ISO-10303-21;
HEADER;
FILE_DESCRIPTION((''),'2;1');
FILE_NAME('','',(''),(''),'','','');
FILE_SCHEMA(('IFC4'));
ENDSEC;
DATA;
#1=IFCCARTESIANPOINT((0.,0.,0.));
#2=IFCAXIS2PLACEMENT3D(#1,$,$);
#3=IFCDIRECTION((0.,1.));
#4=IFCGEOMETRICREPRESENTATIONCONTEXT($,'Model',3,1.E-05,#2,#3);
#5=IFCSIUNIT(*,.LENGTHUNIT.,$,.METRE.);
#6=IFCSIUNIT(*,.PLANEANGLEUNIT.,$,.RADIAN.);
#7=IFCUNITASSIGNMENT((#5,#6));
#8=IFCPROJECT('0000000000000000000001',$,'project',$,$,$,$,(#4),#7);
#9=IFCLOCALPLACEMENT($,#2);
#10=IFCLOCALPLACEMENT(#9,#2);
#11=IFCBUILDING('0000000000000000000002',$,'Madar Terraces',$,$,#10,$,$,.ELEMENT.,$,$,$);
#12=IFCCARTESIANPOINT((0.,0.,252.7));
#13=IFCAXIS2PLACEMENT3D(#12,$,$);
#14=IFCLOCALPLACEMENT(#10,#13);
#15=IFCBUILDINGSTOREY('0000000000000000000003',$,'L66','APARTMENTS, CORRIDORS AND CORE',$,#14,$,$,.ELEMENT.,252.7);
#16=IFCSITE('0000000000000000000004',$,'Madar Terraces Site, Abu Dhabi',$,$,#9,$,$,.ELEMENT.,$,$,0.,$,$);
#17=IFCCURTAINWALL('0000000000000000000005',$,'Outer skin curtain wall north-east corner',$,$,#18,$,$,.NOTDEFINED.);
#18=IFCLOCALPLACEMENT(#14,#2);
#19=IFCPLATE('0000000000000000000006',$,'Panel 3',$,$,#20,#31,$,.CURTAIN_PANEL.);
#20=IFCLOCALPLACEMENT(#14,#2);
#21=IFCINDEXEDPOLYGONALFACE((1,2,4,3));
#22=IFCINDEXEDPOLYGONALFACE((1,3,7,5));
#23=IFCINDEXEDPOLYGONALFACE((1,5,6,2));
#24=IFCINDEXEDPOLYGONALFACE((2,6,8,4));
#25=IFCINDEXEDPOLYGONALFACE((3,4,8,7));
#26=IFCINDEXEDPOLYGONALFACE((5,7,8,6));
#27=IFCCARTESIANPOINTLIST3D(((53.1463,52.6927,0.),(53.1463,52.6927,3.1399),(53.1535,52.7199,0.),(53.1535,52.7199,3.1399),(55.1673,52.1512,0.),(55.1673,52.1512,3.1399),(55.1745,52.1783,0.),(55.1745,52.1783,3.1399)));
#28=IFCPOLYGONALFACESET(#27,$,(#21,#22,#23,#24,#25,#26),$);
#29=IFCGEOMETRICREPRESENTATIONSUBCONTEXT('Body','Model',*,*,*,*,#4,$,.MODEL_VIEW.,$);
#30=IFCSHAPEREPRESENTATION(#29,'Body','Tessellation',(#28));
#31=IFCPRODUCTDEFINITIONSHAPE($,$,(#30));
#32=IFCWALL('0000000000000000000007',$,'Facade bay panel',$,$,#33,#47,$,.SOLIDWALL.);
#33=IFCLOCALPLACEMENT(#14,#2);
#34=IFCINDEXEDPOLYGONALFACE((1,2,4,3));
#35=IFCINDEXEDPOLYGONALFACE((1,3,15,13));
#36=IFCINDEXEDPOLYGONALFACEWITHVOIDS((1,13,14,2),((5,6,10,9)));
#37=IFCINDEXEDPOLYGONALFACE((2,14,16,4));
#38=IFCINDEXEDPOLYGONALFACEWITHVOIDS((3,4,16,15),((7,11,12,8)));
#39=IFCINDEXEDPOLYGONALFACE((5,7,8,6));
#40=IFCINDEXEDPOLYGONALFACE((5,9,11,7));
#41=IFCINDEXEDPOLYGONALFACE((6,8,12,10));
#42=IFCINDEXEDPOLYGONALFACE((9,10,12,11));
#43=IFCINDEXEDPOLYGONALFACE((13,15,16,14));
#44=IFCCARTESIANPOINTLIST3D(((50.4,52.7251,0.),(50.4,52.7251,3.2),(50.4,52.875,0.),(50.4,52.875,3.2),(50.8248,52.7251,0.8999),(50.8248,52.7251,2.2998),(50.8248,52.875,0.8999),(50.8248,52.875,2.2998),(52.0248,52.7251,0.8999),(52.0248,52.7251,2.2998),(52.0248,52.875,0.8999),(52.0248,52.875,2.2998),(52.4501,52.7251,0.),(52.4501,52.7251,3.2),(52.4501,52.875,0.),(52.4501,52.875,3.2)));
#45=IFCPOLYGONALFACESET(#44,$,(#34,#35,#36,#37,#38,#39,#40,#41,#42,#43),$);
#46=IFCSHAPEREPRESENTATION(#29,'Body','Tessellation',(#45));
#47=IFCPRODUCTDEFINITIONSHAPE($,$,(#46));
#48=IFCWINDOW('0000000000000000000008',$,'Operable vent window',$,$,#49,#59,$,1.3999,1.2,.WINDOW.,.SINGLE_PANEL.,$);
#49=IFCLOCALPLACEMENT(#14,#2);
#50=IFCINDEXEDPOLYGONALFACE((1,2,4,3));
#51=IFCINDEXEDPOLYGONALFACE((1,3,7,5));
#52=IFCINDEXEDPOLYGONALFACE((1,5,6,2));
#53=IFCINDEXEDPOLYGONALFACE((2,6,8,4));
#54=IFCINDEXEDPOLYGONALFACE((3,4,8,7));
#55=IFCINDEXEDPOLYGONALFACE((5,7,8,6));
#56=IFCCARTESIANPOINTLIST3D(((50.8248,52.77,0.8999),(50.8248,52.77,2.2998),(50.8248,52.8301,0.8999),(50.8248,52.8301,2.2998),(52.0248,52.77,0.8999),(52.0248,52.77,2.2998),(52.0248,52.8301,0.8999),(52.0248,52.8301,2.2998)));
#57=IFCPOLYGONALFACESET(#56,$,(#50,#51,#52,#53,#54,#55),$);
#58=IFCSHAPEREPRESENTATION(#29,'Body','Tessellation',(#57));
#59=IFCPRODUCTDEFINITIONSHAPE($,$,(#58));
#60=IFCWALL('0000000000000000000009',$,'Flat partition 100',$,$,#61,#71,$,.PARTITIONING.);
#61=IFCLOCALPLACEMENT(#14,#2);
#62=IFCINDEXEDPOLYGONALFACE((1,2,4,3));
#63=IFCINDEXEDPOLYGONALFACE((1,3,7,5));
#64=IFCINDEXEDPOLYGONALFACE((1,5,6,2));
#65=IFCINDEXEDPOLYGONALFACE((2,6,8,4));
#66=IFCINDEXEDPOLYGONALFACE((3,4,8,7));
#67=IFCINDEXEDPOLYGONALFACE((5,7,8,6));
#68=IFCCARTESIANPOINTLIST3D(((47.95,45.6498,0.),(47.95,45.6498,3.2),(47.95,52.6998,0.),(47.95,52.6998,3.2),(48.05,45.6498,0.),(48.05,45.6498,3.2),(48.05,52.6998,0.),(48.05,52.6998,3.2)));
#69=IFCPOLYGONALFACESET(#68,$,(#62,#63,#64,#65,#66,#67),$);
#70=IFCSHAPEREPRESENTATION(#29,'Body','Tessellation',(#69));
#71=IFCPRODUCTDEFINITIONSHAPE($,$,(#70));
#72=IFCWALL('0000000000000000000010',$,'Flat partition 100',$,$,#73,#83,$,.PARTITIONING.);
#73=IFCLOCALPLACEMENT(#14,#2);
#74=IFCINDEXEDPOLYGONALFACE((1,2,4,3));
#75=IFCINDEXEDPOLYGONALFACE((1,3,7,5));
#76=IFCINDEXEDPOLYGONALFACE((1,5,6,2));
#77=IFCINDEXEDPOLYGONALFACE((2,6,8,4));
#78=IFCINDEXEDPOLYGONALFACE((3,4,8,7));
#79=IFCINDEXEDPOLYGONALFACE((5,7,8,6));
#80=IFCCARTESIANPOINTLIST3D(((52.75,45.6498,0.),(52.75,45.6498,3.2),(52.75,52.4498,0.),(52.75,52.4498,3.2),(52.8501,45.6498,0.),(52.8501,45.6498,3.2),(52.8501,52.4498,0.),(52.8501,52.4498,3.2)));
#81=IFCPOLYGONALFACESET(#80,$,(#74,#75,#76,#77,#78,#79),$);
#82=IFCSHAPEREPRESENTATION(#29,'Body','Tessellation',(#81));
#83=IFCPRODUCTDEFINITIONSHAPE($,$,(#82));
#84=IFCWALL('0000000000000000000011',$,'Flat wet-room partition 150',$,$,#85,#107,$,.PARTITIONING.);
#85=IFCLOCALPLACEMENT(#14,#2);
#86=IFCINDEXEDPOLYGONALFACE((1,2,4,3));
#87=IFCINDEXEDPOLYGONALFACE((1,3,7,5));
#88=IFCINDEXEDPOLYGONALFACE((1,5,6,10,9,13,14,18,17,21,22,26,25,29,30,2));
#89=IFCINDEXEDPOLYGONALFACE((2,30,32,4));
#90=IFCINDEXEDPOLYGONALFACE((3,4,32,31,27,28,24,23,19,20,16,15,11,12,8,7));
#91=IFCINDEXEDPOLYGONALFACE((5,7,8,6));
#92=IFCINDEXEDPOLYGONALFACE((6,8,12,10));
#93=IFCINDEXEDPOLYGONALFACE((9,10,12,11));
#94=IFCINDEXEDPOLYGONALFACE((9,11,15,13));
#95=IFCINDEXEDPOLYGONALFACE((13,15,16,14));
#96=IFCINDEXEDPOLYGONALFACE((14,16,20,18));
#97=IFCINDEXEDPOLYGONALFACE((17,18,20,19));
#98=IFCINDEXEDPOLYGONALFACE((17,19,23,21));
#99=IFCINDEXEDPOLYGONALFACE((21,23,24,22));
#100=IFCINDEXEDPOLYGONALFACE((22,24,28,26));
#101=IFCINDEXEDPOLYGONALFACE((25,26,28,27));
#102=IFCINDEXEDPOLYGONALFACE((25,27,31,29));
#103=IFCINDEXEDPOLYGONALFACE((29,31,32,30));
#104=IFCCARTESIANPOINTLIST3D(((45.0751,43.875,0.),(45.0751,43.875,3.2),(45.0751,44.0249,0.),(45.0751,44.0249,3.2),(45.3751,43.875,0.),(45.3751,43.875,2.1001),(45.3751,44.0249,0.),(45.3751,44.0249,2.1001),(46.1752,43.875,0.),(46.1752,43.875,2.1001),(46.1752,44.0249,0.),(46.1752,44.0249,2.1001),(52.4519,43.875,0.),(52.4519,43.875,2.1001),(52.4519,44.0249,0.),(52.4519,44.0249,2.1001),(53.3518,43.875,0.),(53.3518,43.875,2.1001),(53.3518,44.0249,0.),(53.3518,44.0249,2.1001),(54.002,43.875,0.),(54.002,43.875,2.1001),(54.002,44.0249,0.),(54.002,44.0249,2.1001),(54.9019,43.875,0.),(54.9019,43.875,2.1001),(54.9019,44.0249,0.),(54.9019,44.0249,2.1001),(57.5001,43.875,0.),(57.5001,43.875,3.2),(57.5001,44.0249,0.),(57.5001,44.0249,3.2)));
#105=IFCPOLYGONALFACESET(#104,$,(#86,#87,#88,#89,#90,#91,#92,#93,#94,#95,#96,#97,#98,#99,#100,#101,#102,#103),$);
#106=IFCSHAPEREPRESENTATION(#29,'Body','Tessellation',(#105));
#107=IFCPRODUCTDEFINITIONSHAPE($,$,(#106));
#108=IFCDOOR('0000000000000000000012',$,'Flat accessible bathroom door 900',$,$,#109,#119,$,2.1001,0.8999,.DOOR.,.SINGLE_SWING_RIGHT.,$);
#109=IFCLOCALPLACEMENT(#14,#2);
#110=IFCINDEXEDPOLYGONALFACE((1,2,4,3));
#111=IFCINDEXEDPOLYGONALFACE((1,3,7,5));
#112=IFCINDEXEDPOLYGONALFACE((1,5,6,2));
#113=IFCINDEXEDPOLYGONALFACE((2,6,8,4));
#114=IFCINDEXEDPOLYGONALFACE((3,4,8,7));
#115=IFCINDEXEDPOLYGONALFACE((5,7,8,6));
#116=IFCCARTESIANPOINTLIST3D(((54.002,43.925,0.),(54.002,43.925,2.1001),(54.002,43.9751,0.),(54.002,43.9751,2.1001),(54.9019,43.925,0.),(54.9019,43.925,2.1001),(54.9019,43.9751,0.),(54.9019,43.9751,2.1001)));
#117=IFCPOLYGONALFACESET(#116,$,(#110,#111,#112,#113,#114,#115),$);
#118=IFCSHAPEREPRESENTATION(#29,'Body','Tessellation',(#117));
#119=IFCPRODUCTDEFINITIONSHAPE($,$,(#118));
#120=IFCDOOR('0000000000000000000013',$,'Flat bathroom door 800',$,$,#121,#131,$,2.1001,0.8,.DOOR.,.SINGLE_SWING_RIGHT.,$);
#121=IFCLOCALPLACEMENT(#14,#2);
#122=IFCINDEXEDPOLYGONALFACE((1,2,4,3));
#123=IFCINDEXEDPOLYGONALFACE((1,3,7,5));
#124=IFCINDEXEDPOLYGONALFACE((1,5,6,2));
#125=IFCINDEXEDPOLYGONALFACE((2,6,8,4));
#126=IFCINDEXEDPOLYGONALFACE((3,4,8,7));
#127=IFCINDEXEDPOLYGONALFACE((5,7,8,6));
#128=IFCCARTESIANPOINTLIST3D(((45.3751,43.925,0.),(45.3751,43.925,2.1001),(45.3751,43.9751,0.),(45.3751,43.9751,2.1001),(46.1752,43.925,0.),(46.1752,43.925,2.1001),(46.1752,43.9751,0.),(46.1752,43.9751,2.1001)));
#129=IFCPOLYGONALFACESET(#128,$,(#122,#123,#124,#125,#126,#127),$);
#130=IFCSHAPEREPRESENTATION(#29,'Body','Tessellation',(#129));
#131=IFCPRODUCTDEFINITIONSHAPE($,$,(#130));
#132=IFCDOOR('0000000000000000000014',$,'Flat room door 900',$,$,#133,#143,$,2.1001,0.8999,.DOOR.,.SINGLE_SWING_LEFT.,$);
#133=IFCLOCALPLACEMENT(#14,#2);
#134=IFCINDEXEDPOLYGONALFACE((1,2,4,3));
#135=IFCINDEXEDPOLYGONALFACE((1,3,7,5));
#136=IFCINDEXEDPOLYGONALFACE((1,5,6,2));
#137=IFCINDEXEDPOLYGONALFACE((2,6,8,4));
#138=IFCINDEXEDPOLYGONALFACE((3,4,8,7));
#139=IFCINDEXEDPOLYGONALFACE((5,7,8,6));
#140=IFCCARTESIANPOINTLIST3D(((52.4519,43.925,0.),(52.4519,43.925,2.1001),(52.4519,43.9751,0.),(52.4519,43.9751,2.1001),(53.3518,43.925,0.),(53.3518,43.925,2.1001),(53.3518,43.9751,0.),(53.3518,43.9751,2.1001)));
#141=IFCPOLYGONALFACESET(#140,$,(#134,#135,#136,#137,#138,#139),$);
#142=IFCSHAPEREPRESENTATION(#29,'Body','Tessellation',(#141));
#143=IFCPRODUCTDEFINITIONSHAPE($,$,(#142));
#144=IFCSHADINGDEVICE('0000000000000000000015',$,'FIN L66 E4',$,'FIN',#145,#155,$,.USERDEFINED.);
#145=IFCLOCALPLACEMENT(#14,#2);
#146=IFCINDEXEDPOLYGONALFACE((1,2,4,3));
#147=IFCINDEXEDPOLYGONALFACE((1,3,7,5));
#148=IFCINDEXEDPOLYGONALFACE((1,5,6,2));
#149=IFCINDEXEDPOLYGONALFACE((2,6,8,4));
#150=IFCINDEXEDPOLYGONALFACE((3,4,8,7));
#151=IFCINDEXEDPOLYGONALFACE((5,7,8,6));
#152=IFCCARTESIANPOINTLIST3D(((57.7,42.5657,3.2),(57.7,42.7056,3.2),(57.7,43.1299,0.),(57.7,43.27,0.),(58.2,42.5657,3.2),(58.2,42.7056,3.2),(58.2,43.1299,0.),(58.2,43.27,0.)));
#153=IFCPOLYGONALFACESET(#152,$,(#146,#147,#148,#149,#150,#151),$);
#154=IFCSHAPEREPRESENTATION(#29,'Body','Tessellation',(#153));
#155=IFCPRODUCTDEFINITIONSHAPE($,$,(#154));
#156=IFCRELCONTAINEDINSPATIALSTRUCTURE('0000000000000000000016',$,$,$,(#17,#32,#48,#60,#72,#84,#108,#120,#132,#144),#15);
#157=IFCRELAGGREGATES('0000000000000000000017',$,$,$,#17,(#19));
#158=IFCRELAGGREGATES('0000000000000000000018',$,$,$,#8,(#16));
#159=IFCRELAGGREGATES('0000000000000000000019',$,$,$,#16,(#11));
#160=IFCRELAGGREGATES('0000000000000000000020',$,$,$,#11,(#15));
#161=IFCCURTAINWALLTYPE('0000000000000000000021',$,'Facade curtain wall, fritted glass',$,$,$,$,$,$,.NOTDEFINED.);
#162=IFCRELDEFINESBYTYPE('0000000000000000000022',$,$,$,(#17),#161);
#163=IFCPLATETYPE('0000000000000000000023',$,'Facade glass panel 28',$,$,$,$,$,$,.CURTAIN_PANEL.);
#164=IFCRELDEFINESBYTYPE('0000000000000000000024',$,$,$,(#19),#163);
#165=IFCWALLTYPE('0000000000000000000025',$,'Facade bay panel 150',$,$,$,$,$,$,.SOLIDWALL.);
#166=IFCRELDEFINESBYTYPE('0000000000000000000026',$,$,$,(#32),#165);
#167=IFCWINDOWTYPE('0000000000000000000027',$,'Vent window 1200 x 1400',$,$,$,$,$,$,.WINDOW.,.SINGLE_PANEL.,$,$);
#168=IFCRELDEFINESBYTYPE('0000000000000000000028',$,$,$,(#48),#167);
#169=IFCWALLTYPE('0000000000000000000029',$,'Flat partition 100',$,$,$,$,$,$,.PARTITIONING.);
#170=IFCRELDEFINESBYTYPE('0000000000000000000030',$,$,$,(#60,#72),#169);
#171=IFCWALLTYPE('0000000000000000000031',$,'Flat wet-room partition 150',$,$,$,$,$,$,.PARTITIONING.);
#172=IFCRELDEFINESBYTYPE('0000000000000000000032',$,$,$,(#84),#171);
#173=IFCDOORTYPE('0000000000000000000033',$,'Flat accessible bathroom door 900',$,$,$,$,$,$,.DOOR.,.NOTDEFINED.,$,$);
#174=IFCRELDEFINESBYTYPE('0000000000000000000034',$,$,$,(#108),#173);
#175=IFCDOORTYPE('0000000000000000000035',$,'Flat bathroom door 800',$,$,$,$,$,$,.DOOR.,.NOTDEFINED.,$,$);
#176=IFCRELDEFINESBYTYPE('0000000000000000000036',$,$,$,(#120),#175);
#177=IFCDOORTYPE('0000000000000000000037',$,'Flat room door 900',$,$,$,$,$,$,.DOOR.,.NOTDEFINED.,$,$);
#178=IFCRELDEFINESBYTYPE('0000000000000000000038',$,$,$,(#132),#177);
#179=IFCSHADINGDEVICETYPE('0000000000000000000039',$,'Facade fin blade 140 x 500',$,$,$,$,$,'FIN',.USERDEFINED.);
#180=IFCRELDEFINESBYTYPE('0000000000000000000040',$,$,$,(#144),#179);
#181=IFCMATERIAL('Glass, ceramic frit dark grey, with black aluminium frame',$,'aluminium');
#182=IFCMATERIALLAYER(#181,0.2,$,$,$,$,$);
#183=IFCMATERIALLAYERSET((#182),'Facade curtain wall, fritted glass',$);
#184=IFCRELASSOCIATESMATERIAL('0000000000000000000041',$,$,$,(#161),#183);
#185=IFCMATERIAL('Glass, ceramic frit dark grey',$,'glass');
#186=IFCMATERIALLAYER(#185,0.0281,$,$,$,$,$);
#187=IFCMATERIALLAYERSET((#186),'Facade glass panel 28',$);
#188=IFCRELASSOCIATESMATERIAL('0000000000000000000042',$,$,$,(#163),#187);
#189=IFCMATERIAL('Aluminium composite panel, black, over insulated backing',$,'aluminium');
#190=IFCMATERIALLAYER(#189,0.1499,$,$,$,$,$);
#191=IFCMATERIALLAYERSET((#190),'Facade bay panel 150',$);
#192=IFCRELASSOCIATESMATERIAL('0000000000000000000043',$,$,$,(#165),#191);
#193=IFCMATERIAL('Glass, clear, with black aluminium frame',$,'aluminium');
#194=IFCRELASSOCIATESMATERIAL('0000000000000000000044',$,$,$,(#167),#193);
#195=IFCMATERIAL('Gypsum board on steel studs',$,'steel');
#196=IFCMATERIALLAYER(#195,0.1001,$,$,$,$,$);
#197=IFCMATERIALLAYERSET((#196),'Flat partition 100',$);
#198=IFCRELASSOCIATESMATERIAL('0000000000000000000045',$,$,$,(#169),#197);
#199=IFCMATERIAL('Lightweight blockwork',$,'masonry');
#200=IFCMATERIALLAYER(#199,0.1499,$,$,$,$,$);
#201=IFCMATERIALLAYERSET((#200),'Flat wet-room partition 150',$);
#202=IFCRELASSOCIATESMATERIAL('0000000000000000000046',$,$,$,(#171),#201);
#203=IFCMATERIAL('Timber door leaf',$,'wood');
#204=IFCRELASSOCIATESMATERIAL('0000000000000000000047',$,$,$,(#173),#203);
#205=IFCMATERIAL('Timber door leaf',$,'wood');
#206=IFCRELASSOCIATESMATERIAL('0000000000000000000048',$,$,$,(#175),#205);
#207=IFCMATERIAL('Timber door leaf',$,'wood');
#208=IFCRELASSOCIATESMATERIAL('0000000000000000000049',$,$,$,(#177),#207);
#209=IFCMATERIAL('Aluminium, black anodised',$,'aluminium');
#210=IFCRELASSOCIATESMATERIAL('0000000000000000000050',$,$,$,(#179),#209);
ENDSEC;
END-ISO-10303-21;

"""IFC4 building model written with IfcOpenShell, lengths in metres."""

from ifc_helpers import new_model, si_unit, direction, frame, frame_2d, origin, origin_2d, place, context, subcontext, project, spatial, polyline, rectangle, outline, extrude, material, layer, layer_set, type_object, element, fill, aggregate, save


model = new_model("IFC4")

# Units and contexts
model_context = context("Model", 3, precision=1e-05, world=origin(), true_north=direction((0.0, 1.0)))
body_context = subcontext(model_context, "Body", "Model", "MODEL_VIEW")
ifc_project = project(units=[si_unit("LENGTHUNIT", "METRE"), si_unit("PLANEANGLEUNIT", "RADIAN")], contexts=[model_context])

# Site, building, storey
site_placement = place(None, origin())
site = spatial("IfcSite", under=ifc_project, at=site_placement, Name="Madar Terraces Site, Abu Dhabi", CompositionType="ELEMENT", RefElevation=0.0)
building_placement = place(site_placement, origin())
building = spatial("IfcBuilding", under=site, at=building_placement, Name="Madar Terraces", CompositionType="ELEMENT")
storey_placement = place(building_placement, frame((0.0, 0.0, 252.7)))
storey = spatial("IfcBuildingStorey", under=building, at=storey_placement, Name="L66", Description="APARTMENTS, CORRIDORS AND CORE", CompositionType="ELEMENT", Elevation=252.7)

# Shared definitions
ifc_material_1 = material(Name="Glass, ceramic frit dark grey, with black aluminium frame", Category="aluminium")
ifc_layer_1 = layer(ifc_material_1, 0.2)
ifc_layer_set_1 = layer_set([ifc_layer_1], Name="Facade curtain wall, fritted glass")
curtain_wall_type = type_object("IfcCurtainWallType", Name="Facade curtain wall, fritted glass", PredefinedType="NOTDEFINED", material=ifc_layer_set_1)

# Curtain wall
curtain_wall_1_placement = place(storey_placement, origin())
curtain_wall_1 = element("IfcCurtainWall", 1, at=curtain_wall_1_placement, inside=storey, type_object=curtain_wall_type, Name="Outer skin curtain wall north-east corner", PredefinedType="NOTDEFINED")

# Plate
ifc_material_2 = material(Name="Glass, ceramic frit dark grey", Category="glass")
ifc_layer_2 = layer(ifc_material_2, 0.0281)
ifc_layer_set_2 = layer_set([ifc_layer_2], Name="Facade glass panel 28")
plate_type = type_object("IfcPlateType", Name="Facade glass panel 28", PredefinedType="CURTAIN_PANEL", material=ifc_layer_set_2)
plate_1_placement = place(storey_placement, frame((54.1604, 52.4355, 0.0), z_axis=(0.0, 0.0, 1.0), x_axis=(-0.965926, 0.258819, 0.0)))
plate_1 = element("IfcPlate", 2, at=plate_1_placement, type_object=plate_type, Name="Panel 3", PredefinedType="CURTAIN_PANEL", context=body_context, shape_type="SweptSolid", body=[
    extrude(rectangle(XDim=2.0923, YDim=0.0281, at=origin_2d()), origin(), (0.0, 0.0, 1.0), 3.1399),
])
aggregate(curtain_wall_1, [plate_1])

# Wall, opening, window
ifc_material_3 = material(Name="Aluminium composite panel, black, over insulated backing", Category="aluminium")
ifc_layer_3 = layer(ifc_material_3, 0.1499)
ifc_layer_set_3 = layer_set([ifc_layer_3], Name="Facade bay panel 150")
wall_type_1 = type_object("IfcWallType", Name="Facade bay panel 150", PredefinedType="SOLIDWALL", material=ifc_layer_set_3)
wall_1_placement = place(storey_placement, frame((52.45, 52.8, 0.0), z_axis=(0.0, 0.0, 1.0), x_axis=(-1.0, 0.0, 0.0)))
wall_1 = element("IfcWall", 3, at=wall_1_placement, inside=storey, type_object=wall_type_1, Name="Facade bay panel", PredefinedType="SOLIDWALL", context=body_context, shape_type="SweptSolid", body=[
    extrude(rectangle(XDim=2.05, YDim=0.1499, at=frame_2d((1.0249, 0.0))), origin(), (0.0, 0.0, 1.0), 3.2),
])
opening_1_placement = place(wall_1_placement, frame((0.425, 0.0, 0.8999)))
opening_1 = element("IfcOpeningElement", 4, at=opening_1_placement, cuts=wall_1, PredefinedType="OPENING", context=body_context, shape_type="SweptSolid", body=[
    extrude(rectangle(XDim=1.2, YDim=1.3999, at=frame_2d((0.6001, 0.7))), frame((0.0, 0.085, 0.0), z_axis=(0.0, -1.0, 0.0), x_axis=(1.0, 0.0, 0.0)), (0.0, 0.0, 1.0), 0.1699),
])
ifc_material_4 = material(Name="Glass, clear, with black aluminium frame", Category="aluminium")
window_type = type_object("IfcWindowType", Name="Vent window 1200 x 1400", PartitioningType="SINGLE_PANEL", PredefinedType="WINDOW", material=ifc_material_4)
window_placement = place(opening_1_placement, origin())
window = element("IfcWindow", 5, at=window_placement, inside=storey, type_object=window_type, Name="Operable vent window", OverallHeight=1.3999, OverallWidth=1.2, PartitioningType="SINGLE_PANEL", PredefinedType="WINDOW", context=body_context, shape_type="SweptSolid", body=[
    extrude(rectangle(XDim=1.2, YDim=1.3999, at=frame_2d((0.6001, 0.7))), frame((0.0, 0.03, 0.0), z_axis=(0.0, -1.0, 0.0), x_axis=(1.0, 0.0, 0.0)), (0.0, 0.0, 1.0), 0.0601),
])
fill(opening_1, window)

# Walls
ifc_material_5 = material(Name="Gypsum board on steel studs", Category="steel")
ifc_layer_4 = layer(ifc_material_5, 0.1001)
ifc_layer_set_4 = layer_set([ifc_layer_4], Name="Flat partition 100")
wall_type_2 = type_object("IfcWallType", Name="Flat partition 100", PredefinedType="PARTITIONING", material=ifc_layer_set_4)
wall_2_placement = place(storey_placement, frame((48.0, 45.6499, 0.0), z_axis=(0.0, 0.0, 1.0), x_axis=(0.0, 1.0, 0.0)))
element("IfcWall", 6, at=wall_2_placement, inside=storey, type_object=wall_type_2, Name="Flat partition 100", PredefinedType="PARTITIONING", context=body_context, shape_type="SweptSolid", body=[
    extrude(rectangle(XDim=7.05, YDim=0.1001, at=frame_2d((3.5249, 0.0))), origin(), (0.0, 0.0, 1.0), 3.2),
])
wall_3_placement = place(storey_placement, frame((52.8, 45.6499, 0.0), z_axis=(0.0, 0.0, 1.0), x_axis=(0.0, 1.0, 0.0)))
element("IfcWall", 7, at=wall_3_placement, inside=storey, type_object=wall_type_2, Name="Flat partition 100", PredefinedType="PARTITIONING", context=body_context, shape_type="SweptSolid", body=[
    extrude(rectangle(XDim=6.8, YDim=0.1001, at=frame_2d((3.3999, 0.0))), origin(), (0.0, 0.0, 1.0), 3.2),
])

# Wall, openings, doors
ifc_material_6 = material(Name="Lightweight blockwork", Category="masonry")
ifc_layer_5 = layer(ifc_material_6, 0.1499)
ifc_layer_set_5 = layer_set([ifc_layer_5], Name="Flat wet-room partition 150")
wall_type_3 = type_object("IfcWallType", Name="Flat wet-room partition 150", PredefinedType="PARTITIONING", material=ifc_layer_set_5)
wall_4_placement = place(storey_placement, frame((57.5, 43.95, 0.0), z_axis=(0.0, 0.0, 1.0), x_axis=(-1.0, 0.0, 0.0)))
wall_4 = element("IfcWall", 8, at=wall_4_placement, inside=storey, type_object=wall_type_3, Name="Flat wet-room partition 150", PredefinedType="PARTITIONING", context=body_context, shape_type="SweptSolid", body=[
    extrude(rectangle(XDim=12.425, YDim=0.1499, at=frame_2d((6.2124, 0.0))), origin(), (0.0, 0.0, 1.0), 3.2),
])
opening_2_placement = place(wall_4_placement, frame((11.325, 0.0, 0.0)))
opening_2 = element("IfcOpeningElement", 9, at=opening_2_placement, cuts=wall_4, PredefinedType="OPENING", context=body_context, shape_type="SweptSolid", body=[
    extrude(rectangle(XDim=0.8, YDim=2.1001, at=frame_2d((0.3999, 1.05))), frame((0.0, 0.085, 0.0), z_axis=(0.0, -1.0, 0.0), x_axis=(1.0, 0.0, 0.0)), (0.0, 0.0, 1.0), 0.1699),
])
opening_3_placement = place(wall_4_placement, frame((4.1482, 0.0, 0.0)))
opening_3 = element("IfcOpeningElement", 10, at=opening_3_placement, cuts=wall_4, PredefinedType="OPENING", context=body_context, shape_type="SweptSolid", body=[
    extrude(rectangle(XDim=0.8999, YDim=2.1001, at=frame_2d((0.45, 1.05))), frame((0.0, 0.085, 0.0), z_axis=(0.0, -1.0, 0.0), x_axis=(1.0, 0.0, 0.0)), (0.0, 0.0, 1.0), 0.1699),
])
opening_4_placement = place(wall_4_placement, frame((2.5981, 0.0, 0.0)))
opening_4 = element("IfcOpeningElement", 11, at=opening_4_placement, cuts=wall_4, PredefinedType="OPENING", context=body_context, shape_type="SweptSolid", body=[
    extrude(rectangle(XDim=0.8999, YDim=2.1001, at=frame_2d((0.45, 1.05))), frame((0.0, 0.085, 0.0), z_axis=(0.0, -1.0, 0.0), x_axis=(1.0, 0.0, 0.0)), (0.0, 0.0, 1.0), 0.1699),
])
ifc_material_7 = material(Name="Timber door leaf", Category="wood")
door_type_1 = type_object("IfcDoorType", Name="Flat accessible bathroom door 900", OperationType="NOTDEFINED", PredefinedType="DOOR", material=ifc_material_7)
door_1_placement = place(opening_4_placement, origin())
door_1 = element("IfcDoor", 12, at=door_1_placement, inside=storey, type_object=door_type_1, Name="Flat accessible bathroom door 900", OperationType="SINGLE_SWING_RIGHT", OverallHeight=2.1001, OverallWidth=0.8999, PredefinedType="DOOR", context=body_context, shape_type="SweptSolid", body=[
    extrude(rectangle(XDim=0.8999, YDim=2.1001, at=frame_2d((0.45, 1.05))), frame((0.0, 0.0249, 0.0), z_axis=(0.0, -1.0, 0.0), x_axis=(1.0, 0.0, 0.0)), (0.0, 0.0, 1.0), 0.05),
])
fill(opening_4, door_1)
ifc_material_8 = material(Name="Timber door leaf", Category="wood")
door_type_2 = type_object("IfcDoorType", Name="Flat bathroom door 800", OperationType="NOTDEFINED", PredefinedType="DOOR", material=ifc_material_8)
door_2_placement = place(opening_2_placement, origin())
door_2 = element("IfcDoor", 13, at=door_2_placement, inside=storey, type_object=door_type_2, Name="Flat bathroom door 800", OperationType="SINGLE_SWING_RIGHT", OverallHeight=2.1001, OverallWidth=0.8, PredefinedType="DOOR", context=body_context, shape_type="SweptSolid", body=[
    extrude(rectangle(XDim=0.8, YDim=2.1001, at=frame_2d((0.3999, 1.05))), frame((0.0, 0.0249, 0.0), z_axis=(0.0, -1.0, 0.0), x_axis=(1.0, 0.0, 0.0)), (0.0, 0.0, 1.0), 0.05),
])
fill(opening_2, door_2)
ifc_material_9 = material(Name="Timber door leaf", Category="wood")
door_type_3 = type_object("IfcDoorType", Name="Flat room door 900", OperationType="NOTDEFINED", PredefinedType="DOOR", material=ifc_material_9)
door_3_placement = place(opening_3_placement, origin())
door_3 = element("IfcDoor", 14, at=door_3_placement, inside=storey, type_object=door_type_3, Name="Flat room door 900", OperationType="SINGLE_SWING_LEFT", OverallHeight=2.1001, OverallWidth=0.8999, PredefinedType="DOOR", context=body_context, shape_type="SweptSolid", body=[
    extrude(rectangle(XDim=0.8999, YDim=2.1001, at=frame_2d((0.45, 1.05))), frame((0.0, 0.0249, 0.0), z_axis=(0.0, -1.0, 0.0), x_axis=(1.0, 0.0, 0.0)), (0.0, 0.0, 1.0), 0.05),
])
fill(opening_3, door_3)

# Shading device
ifc_material_10 = material(Name="Aluminium, black anodised", Category="aluminium")
shading_device_type = type_object("IfcShadingDeviceType", Name="Facade fin blade 140 x 500", ElementType="FIN", PredefinedType="USERDEFINED", material=ifc_material_10)
shading_device_1_placement = place(storey_placement, frame((57.95, 43.1299, 0.0), z_axis=(0.0, 0.0, 1.0), x_axis=(0.0, 1.0, 0.0)))
element("IfcShadingDevice", 15, at=shading_device_1_placement, inside=storey, type_object=shading_device_type, Name="FIN L66 E4", ObjectType="FIN", PredefinedType="USERDEFINED", context=body_context, shape_type="SweptSolid", body=[
    extrude(outline(polyline([(0.0, 0.0), (0.1401, 0.0), (-0.4243, 3.2), (-0.5642, 3.2), (0.0, 0.0)])), frame((0.0, 0.25, 0.0), z_axis=(0.0, -1.0, 0.0), x_axis=(1.0, 0.0, 0.0)), (0.0, 0.0, 1.0), 0.5),
])

save(model, "model.ifc")
